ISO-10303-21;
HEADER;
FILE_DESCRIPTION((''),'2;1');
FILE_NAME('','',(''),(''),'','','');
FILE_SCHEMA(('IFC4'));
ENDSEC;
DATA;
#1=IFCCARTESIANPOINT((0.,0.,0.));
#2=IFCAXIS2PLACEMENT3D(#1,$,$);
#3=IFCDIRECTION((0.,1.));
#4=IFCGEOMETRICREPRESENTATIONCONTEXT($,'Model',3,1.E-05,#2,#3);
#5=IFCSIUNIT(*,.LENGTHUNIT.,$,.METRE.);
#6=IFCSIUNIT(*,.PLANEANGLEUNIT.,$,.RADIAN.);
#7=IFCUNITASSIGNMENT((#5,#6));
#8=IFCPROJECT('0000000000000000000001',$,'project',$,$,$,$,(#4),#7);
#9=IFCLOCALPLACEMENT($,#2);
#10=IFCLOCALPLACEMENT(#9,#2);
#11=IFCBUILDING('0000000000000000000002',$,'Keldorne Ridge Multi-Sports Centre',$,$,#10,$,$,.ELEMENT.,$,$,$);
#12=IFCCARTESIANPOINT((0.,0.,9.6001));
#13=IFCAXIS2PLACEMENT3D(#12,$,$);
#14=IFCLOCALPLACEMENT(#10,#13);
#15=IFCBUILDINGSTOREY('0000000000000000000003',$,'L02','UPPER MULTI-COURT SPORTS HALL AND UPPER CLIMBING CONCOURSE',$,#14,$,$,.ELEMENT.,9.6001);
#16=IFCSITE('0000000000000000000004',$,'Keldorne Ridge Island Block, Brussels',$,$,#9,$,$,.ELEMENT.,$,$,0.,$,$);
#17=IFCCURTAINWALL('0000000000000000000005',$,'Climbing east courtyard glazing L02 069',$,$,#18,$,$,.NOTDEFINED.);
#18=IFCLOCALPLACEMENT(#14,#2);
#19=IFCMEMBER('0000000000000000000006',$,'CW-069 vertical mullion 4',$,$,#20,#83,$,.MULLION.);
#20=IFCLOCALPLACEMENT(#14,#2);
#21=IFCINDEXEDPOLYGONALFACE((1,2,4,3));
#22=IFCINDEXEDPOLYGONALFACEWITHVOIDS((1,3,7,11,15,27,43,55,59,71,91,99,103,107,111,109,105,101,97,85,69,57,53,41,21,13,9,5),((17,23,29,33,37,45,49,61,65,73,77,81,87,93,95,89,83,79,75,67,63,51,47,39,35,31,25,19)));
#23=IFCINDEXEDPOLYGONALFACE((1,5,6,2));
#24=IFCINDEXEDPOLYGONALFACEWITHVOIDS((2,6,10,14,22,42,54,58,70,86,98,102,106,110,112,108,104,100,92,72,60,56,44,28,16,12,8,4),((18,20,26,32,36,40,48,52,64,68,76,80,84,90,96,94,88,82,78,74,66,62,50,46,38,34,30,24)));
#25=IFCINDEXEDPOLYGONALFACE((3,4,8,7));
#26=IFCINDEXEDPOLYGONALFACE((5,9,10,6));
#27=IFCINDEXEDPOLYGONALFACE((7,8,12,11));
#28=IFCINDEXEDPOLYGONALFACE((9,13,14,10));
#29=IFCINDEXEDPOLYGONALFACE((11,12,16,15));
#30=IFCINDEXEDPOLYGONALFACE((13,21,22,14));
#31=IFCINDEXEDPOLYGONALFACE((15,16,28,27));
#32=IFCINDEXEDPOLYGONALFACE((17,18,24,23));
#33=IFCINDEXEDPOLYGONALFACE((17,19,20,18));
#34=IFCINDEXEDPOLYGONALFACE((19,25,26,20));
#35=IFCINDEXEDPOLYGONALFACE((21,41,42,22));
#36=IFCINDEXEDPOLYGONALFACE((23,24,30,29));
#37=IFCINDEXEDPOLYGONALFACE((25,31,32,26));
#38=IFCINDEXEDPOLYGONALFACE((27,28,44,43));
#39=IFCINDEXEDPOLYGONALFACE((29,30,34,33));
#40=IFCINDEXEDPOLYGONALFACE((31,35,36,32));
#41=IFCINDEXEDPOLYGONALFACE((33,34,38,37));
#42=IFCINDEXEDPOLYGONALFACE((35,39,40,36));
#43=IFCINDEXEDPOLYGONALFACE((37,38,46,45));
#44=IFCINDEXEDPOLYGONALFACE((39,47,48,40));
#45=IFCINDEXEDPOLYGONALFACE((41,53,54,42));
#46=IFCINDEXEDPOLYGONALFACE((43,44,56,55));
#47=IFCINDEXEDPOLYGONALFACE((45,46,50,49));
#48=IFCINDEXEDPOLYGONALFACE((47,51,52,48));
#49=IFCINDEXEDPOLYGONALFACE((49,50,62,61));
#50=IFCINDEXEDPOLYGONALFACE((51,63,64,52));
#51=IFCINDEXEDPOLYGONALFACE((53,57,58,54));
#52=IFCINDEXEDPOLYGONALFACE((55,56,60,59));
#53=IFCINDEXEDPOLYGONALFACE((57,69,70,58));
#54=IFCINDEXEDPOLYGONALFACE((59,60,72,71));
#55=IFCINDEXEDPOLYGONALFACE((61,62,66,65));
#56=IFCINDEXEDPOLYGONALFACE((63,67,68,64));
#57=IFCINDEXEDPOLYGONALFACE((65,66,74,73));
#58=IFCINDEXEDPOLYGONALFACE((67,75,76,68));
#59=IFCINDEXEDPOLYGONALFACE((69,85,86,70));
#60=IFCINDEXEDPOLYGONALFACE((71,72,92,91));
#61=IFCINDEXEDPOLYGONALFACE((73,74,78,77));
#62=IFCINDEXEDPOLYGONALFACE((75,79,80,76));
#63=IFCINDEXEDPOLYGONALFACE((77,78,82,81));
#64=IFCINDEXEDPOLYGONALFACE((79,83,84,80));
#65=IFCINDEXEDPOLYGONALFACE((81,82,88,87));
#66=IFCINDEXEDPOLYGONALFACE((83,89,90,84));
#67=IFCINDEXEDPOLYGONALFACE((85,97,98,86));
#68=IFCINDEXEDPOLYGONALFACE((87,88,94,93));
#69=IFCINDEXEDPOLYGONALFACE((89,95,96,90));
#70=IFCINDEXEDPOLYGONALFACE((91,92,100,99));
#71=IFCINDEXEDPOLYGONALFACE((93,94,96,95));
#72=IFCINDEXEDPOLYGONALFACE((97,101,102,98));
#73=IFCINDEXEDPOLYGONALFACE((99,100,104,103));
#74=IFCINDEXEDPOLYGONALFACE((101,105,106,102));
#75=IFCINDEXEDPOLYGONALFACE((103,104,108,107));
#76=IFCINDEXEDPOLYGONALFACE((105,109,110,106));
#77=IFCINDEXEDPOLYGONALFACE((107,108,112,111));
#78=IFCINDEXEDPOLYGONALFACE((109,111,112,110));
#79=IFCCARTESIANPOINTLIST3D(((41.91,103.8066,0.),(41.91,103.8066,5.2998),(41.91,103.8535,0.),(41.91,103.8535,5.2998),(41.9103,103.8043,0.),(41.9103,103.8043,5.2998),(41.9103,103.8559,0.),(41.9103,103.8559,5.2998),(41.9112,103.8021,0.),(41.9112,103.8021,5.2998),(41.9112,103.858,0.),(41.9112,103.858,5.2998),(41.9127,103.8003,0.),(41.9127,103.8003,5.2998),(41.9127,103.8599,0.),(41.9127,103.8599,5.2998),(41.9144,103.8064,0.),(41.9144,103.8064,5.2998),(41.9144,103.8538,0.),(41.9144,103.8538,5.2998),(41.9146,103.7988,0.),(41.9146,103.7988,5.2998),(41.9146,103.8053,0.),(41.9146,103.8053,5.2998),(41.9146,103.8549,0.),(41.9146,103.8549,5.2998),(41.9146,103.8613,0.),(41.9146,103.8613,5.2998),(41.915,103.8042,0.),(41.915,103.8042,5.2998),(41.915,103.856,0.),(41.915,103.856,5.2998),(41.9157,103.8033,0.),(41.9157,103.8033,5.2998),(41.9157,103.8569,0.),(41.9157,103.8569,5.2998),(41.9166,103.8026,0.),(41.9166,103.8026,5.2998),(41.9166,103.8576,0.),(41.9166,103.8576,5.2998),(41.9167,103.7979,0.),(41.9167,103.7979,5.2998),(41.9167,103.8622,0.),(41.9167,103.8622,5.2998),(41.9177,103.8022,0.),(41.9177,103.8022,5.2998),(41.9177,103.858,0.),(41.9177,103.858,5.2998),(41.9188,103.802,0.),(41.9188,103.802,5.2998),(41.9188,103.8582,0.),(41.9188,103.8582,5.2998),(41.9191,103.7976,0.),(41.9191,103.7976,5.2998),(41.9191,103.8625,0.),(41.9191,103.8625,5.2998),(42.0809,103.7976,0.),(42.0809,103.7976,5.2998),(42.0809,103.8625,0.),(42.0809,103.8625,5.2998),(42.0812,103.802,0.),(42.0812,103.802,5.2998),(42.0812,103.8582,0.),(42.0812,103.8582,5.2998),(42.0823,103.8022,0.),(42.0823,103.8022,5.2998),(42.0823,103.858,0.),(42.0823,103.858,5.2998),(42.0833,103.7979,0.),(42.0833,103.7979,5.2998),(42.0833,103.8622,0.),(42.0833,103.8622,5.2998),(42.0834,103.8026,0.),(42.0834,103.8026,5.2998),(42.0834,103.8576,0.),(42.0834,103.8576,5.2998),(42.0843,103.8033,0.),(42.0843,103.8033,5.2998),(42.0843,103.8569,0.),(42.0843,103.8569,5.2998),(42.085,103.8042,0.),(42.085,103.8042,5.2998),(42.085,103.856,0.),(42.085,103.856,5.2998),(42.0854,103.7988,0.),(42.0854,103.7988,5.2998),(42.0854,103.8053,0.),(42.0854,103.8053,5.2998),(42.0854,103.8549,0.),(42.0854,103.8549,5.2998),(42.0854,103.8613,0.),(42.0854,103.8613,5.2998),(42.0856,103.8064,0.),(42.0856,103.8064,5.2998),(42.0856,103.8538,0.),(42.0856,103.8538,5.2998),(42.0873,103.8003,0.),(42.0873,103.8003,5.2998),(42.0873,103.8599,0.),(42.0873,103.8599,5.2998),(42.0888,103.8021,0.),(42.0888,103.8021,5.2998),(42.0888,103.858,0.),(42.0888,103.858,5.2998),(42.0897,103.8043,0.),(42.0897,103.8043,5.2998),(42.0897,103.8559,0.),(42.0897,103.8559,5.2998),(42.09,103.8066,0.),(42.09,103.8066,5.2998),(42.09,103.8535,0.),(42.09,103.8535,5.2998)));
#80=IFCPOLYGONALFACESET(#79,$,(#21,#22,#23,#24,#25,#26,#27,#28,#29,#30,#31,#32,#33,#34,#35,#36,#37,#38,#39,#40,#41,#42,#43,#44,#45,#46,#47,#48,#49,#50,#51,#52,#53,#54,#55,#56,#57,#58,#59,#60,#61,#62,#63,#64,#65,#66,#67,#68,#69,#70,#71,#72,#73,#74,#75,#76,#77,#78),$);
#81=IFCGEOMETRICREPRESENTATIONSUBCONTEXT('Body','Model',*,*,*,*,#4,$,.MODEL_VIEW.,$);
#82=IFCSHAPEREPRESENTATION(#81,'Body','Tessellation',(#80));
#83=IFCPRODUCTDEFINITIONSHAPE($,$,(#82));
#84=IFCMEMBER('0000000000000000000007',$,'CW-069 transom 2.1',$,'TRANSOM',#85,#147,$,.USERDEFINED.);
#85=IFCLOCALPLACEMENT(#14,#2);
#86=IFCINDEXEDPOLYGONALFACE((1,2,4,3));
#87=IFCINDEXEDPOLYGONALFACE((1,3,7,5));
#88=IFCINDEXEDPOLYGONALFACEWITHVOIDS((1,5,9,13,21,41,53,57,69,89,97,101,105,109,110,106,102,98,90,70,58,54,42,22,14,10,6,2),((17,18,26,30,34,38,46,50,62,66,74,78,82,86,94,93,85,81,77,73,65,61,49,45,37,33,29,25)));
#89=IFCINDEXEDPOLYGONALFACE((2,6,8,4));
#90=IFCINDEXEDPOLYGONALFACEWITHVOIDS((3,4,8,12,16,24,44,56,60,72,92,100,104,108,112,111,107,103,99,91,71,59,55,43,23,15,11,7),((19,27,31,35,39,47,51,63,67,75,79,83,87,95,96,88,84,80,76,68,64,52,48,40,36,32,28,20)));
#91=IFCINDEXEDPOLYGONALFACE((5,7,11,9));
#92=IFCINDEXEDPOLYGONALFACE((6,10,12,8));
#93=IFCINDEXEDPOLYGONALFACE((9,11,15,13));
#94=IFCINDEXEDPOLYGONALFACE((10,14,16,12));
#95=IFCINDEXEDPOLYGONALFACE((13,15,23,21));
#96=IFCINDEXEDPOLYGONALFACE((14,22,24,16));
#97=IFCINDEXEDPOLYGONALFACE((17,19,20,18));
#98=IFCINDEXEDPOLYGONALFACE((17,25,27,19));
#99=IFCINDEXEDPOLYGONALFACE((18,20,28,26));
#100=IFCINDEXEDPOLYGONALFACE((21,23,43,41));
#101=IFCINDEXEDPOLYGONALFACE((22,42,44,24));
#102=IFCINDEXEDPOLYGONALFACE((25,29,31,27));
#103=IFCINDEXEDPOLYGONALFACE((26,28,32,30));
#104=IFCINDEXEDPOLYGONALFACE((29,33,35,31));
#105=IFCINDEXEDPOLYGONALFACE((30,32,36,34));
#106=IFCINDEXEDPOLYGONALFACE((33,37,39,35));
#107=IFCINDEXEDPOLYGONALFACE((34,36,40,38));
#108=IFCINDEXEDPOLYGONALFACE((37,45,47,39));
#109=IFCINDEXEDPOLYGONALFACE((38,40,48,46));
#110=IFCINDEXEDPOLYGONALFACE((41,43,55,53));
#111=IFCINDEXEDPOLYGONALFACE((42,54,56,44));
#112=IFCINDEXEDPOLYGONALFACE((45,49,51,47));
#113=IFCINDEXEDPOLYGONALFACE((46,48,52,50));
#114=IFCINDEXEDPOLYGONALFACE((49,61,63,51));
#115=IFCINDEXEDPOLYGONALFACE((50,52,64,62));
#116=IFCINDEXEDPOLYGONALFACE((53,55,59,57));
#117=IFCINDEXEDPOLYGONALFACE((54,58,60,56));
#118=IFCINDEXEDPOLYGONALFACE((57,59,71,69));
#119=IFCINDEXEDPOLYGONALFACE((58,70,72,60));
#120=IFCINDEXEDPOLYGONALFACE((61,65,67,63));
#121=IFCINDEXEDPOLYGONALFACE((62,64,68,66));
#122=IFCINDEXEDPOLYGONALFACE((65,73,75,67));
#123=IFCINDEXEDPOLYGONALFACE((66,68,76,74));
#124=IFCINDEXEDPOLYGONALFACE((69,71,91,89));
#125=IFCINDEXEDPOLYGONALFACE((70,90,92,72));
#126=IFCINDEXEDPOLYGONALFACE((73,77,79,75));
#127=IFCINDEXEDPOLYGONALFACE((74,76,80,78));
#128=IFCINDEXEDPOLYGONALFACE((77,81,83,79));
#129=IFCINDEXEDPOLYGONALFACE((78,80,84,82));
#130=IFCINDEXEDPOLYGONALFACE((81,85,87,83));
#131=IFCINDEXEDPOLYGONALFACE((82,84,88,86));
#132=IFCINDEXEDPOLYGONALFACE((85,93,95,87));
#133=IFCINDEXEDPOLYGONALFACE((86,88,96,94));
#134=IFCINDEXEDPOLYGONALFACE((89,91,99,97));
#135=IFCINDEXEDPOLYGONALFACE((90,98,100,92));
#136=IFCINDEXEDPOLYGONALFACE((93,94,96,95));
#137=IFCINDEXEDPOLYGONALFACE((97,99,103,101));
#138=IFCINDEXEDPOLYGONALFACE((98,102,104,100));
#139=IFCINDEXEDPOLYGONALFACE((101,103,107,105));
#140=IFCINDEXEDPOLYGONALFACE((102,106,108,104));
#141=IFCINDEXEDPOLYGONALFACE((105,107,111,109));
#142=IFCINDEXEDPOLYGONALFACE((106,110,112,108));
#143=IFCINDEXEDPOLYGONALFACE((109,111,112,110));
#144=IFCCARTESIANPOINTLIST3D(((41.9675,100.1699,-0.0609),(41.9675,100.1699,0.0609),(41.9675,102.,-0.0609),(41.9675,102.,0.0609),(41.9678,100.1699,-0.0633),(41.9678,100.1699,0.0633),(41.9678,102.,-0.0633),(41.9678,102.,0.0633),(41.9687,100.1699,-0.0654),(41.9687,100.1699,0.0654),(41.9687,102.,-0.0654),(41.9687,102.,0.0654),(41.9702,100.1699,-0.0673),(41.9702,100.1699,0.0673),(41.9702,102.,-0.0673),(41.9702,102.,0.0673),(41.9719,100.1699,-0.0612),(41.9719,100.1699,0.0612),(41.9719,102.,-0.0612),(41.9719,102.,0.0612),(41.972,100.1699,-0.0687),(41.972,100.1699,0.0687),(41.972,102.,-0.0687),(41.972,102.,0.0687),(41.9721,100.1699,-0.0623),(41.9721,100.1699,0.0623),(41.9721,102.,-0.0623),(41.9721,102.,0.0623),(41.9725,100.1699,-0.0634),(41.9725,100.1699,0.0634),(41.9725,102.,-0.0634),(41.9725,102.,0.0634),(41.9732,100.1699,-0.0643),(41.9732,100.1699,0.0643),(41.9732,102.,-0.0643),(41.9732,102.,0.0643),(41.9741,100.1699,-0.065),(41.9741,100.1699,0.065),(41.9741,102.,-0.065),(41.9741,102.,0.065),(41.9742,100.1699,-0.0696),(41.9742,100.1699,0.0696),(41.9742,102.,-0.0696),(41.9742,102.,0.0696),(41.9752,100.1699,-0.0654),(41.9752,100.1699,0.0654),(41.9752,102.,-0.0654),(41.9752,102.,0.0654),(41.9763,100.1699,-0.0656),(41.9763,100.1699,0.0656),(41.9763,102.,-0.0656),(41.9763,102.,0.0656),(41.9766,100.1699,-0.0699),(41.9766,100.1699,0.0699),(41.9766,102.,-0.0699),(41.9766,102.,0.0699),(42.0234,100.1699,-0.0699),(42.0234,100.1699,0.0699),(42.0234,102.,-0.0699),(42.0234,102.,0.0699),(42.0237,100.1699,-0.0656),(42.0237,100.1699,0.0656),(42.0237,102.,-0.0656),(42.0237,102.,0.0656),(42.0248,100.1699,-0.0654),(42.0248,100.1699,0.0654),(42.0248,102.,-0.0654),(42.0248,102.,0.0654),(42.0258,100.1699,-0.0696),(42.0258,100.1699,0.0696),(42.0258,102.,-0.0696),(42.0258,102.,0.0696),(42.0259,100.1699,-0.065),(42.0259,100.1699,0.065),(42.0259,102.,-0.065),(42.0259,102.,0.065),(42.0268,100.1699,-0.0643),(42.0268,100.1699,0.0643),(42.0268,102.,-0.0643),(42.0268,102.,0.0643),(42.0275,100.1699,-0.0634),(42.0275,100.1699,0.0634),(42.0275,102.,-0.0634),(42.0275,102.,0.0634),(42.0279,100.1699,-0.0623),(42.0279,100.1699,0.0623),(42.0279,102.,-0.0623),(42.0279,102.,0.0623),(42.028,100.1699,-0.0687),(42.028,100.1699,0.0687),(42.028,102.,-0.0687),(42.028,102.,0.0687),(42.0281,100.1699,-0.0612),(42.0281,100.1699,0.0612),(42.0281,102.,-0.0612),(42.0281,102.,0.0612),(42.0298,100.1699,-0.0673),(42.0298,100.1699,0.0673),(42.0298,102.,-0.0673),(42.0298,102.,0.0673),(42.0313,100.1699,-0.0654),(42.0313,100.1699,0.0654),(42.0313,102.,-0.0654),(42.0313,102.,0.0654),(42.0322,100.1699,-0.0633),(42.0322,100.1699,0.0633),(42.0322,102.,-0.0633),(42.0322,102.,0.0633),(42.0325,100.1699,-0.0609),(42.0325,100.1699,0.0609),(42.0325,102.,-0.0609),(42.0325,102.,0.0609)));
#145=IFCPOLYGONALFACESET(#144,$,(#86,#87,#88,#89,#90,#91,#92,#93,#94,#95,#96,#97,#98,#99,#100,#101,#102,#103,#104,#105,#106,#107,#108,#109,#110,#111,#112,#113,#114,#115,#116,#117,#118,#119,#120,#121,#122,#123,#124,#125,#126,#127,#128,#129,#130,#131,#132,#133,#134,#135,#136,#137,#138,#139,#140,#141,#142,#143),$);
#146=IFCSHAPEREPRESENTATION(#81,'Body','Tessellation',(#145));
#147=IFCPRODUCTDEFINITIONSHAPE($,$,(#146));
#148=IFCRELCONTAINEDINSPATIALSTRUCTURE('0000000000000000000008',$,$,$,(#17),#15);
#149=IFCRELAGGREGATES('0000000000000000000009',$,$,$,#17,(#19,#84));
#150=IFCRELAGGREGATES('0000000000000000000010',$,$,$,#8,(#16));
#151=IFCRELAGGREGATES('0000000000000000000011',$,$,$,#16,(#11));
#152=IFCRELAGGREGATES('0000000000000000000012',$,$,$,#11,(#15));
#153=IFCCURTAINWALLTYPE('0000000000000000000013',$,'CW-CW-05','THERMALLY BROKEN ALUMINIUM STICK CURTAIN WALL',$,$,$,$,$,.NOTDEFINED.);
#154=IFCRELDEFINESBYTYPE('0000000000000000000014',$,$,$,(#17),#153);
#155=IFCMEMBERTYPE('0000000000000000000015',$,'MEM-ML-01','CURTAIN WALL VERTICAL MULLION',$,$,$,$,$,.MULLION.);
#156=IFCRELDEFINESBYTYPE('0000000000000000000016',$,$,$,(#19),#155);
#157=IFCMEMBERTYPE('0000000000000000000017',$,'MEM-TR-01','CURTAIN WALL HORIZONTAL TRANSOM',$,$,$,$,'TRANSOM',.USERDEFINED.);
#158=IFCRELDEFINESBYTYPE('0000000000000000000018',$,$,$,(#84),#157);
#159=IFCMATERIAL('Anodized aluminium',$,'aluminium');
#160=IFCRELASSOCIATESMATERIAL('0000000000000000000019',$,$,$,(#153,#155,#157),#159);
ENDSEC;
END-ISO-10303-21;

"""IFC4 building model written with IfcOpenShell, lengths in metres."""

from ifc_helpers import new_model, si_unit, direction, frame, origin, origin_2d, place, context, subcontext, project, spatial, hollow_rectangle, extrude, material, material_profile, profile_set, type_object, element, aggregate, save


model = new_model("IFC4")

# Units and contexts
model_context = context("Model", 3, precision=1e-05, world=origin(), true_north=direction((0.0, 1.0)))
body_context = subcontext(model_context, "Body", "Model", "MODEL_VIEW")
ifc_project = project(units=[si_unit("LENGTHUNIT", "METRE"), si_unit("PLANEANGLEUNIT", "RADIAN")], contexts=[model_context])

# Site, building, storey
site_placement = place(None, origin())
site = spatial("IfcSite", under=ifc_project, at=site_placement, Name="Keldorne Ridge Island Block, Brussels", CompositionType="ELEMENT", RefElevation=0.0)
building_placement = place(site_placement, origin())
building = spatial("IfcBuilding", under=site, at=building_placement, Name="Keldorne Ridge Multi-Sports Centre", CompositionType="ELEMENT")
storey_placement = place(building_placement, frame((0.0, 0.0, 9.6001)))
storey = spatial("IfcBuildingStorey", under=building, at=storey_placement, Name="L02", Description="UPPER MULTI-COURT SPORTS HALL AND UPPER CLIMBING CONCOURSE", CompositionType="ELEMENT", Elevation=9.6001)

# Curtain wall, members
ifc_material_1 = material(Name="Anodized aluminium", Category="aluminium")
curtain_wall_type = type_object("IfcCurtainWallType", Name="CW-CW-05", Description="THERMALLY BROKEN ALUMINIUM STICK CURTAIN WALL", PredefinedType="NOTDEFINED", material=ifc_material_1)
curtain_wall_placement = place(storey_placement, origin())
curtain_wall = element("IfcCurtainWall", 1, at=curtain_wall_placement, inside=storey, type_object=curtain_wall_type, Name="Climbing east courtyard glazing L02 069", PredefinedType="NOTDEFINED")
ifc_material_profile_1 = material_profile(ifc_material_1, hollow_rectangle(XDim=0.0649, YDim=0.1799, WallThickness=0.0044, InnerFilletRadius=0.0044, OuterFilletRadius=0.009, at=origin_2d()), Name="ALU MULLION 180x65x4.5")
ifc_profile_set_1 = profile_set([ifc_material_profile_1], Name="Anodized aluminium")
member_type_1 = type_object("IfcMemberType", Name="MEM-ML-01", Description="CURTAIN WALL VERTICAL MULLION", PredefinedType="MULLION", material=ifc_profile_set_1)
member_1_placement = place(storey_placement, frame((42.0, 103.8301, 0.0), z_axis=(0.0, 0.0, 1.0), x_axis=(0.0, 1.0, 0.0)))
member_1 = element("IfcMember", 2, at=member_1_placement, type_object=member_type_1, Name="CW-069 vertical mullion 4", PredefinedType="MULLION", context=body_context, shape_type="SweptSolid", body=[
    extrude(hollow_rectangle(XDim=0.0649, YDim=0.1799, WallThickness=0.0044, InnerFilletRadius=0.0044, OuterFilletRadius=0.009, at=origin_2d()), origin(), (0.0, 0.0, 1.0), 5.2998),
])
ifc_material_profile_2 = material_profile(ifc_material_1, hollow_rectangle(XDim=0.0649, YDim=0.1399, WallThickness=0.0044, InnerFilletRadius=0.0044, OuterFilletRadius=0.009, at=origin_2d()), Name="ALU TRANSOM 140x65x4.5")
ifc_profile_set_2 = profile_set([ifc_material_profile_2], Name="Anodized aluminium")
member_type_2 = type_object("IfcMemberType", Name="MEM-TR-01", Description="CURTAIN WALL HORIZONTAL TRANSOM", ElementType="TRANSOM", PredefinedType="USERDEFINED", material=ifc_profile_set_2)
member_2_placement = place(storey_placement, frame((42.0, 100.1699, 0.0), z_axis=(0.0, 1.0, 0.0), x_axis=(-1.0, 0.0, 0.0)))
member_2 = element("IfcMember", 3, at=member_2_placement, type_object=member_type_2, Name="CW-069 transom 2.1", ObjectType="TRANSOM", PredefinedType="USERDEFINED", context=body_context, shape_type="SweptSolid", body=[
    extrude(hollow_rectangle(XDim=0.0649, YDim=0.1399, WallThickness=0.0044, InnerFilletRadius=0.0044, OuterFilletRadius=0.009, at=origin_2d()), origin(), (0.0, 0.0, 1.0), 1.8301),
])
aggregate(curtain_wall, [member_1, member_2])

save(model, "model.ifc")
